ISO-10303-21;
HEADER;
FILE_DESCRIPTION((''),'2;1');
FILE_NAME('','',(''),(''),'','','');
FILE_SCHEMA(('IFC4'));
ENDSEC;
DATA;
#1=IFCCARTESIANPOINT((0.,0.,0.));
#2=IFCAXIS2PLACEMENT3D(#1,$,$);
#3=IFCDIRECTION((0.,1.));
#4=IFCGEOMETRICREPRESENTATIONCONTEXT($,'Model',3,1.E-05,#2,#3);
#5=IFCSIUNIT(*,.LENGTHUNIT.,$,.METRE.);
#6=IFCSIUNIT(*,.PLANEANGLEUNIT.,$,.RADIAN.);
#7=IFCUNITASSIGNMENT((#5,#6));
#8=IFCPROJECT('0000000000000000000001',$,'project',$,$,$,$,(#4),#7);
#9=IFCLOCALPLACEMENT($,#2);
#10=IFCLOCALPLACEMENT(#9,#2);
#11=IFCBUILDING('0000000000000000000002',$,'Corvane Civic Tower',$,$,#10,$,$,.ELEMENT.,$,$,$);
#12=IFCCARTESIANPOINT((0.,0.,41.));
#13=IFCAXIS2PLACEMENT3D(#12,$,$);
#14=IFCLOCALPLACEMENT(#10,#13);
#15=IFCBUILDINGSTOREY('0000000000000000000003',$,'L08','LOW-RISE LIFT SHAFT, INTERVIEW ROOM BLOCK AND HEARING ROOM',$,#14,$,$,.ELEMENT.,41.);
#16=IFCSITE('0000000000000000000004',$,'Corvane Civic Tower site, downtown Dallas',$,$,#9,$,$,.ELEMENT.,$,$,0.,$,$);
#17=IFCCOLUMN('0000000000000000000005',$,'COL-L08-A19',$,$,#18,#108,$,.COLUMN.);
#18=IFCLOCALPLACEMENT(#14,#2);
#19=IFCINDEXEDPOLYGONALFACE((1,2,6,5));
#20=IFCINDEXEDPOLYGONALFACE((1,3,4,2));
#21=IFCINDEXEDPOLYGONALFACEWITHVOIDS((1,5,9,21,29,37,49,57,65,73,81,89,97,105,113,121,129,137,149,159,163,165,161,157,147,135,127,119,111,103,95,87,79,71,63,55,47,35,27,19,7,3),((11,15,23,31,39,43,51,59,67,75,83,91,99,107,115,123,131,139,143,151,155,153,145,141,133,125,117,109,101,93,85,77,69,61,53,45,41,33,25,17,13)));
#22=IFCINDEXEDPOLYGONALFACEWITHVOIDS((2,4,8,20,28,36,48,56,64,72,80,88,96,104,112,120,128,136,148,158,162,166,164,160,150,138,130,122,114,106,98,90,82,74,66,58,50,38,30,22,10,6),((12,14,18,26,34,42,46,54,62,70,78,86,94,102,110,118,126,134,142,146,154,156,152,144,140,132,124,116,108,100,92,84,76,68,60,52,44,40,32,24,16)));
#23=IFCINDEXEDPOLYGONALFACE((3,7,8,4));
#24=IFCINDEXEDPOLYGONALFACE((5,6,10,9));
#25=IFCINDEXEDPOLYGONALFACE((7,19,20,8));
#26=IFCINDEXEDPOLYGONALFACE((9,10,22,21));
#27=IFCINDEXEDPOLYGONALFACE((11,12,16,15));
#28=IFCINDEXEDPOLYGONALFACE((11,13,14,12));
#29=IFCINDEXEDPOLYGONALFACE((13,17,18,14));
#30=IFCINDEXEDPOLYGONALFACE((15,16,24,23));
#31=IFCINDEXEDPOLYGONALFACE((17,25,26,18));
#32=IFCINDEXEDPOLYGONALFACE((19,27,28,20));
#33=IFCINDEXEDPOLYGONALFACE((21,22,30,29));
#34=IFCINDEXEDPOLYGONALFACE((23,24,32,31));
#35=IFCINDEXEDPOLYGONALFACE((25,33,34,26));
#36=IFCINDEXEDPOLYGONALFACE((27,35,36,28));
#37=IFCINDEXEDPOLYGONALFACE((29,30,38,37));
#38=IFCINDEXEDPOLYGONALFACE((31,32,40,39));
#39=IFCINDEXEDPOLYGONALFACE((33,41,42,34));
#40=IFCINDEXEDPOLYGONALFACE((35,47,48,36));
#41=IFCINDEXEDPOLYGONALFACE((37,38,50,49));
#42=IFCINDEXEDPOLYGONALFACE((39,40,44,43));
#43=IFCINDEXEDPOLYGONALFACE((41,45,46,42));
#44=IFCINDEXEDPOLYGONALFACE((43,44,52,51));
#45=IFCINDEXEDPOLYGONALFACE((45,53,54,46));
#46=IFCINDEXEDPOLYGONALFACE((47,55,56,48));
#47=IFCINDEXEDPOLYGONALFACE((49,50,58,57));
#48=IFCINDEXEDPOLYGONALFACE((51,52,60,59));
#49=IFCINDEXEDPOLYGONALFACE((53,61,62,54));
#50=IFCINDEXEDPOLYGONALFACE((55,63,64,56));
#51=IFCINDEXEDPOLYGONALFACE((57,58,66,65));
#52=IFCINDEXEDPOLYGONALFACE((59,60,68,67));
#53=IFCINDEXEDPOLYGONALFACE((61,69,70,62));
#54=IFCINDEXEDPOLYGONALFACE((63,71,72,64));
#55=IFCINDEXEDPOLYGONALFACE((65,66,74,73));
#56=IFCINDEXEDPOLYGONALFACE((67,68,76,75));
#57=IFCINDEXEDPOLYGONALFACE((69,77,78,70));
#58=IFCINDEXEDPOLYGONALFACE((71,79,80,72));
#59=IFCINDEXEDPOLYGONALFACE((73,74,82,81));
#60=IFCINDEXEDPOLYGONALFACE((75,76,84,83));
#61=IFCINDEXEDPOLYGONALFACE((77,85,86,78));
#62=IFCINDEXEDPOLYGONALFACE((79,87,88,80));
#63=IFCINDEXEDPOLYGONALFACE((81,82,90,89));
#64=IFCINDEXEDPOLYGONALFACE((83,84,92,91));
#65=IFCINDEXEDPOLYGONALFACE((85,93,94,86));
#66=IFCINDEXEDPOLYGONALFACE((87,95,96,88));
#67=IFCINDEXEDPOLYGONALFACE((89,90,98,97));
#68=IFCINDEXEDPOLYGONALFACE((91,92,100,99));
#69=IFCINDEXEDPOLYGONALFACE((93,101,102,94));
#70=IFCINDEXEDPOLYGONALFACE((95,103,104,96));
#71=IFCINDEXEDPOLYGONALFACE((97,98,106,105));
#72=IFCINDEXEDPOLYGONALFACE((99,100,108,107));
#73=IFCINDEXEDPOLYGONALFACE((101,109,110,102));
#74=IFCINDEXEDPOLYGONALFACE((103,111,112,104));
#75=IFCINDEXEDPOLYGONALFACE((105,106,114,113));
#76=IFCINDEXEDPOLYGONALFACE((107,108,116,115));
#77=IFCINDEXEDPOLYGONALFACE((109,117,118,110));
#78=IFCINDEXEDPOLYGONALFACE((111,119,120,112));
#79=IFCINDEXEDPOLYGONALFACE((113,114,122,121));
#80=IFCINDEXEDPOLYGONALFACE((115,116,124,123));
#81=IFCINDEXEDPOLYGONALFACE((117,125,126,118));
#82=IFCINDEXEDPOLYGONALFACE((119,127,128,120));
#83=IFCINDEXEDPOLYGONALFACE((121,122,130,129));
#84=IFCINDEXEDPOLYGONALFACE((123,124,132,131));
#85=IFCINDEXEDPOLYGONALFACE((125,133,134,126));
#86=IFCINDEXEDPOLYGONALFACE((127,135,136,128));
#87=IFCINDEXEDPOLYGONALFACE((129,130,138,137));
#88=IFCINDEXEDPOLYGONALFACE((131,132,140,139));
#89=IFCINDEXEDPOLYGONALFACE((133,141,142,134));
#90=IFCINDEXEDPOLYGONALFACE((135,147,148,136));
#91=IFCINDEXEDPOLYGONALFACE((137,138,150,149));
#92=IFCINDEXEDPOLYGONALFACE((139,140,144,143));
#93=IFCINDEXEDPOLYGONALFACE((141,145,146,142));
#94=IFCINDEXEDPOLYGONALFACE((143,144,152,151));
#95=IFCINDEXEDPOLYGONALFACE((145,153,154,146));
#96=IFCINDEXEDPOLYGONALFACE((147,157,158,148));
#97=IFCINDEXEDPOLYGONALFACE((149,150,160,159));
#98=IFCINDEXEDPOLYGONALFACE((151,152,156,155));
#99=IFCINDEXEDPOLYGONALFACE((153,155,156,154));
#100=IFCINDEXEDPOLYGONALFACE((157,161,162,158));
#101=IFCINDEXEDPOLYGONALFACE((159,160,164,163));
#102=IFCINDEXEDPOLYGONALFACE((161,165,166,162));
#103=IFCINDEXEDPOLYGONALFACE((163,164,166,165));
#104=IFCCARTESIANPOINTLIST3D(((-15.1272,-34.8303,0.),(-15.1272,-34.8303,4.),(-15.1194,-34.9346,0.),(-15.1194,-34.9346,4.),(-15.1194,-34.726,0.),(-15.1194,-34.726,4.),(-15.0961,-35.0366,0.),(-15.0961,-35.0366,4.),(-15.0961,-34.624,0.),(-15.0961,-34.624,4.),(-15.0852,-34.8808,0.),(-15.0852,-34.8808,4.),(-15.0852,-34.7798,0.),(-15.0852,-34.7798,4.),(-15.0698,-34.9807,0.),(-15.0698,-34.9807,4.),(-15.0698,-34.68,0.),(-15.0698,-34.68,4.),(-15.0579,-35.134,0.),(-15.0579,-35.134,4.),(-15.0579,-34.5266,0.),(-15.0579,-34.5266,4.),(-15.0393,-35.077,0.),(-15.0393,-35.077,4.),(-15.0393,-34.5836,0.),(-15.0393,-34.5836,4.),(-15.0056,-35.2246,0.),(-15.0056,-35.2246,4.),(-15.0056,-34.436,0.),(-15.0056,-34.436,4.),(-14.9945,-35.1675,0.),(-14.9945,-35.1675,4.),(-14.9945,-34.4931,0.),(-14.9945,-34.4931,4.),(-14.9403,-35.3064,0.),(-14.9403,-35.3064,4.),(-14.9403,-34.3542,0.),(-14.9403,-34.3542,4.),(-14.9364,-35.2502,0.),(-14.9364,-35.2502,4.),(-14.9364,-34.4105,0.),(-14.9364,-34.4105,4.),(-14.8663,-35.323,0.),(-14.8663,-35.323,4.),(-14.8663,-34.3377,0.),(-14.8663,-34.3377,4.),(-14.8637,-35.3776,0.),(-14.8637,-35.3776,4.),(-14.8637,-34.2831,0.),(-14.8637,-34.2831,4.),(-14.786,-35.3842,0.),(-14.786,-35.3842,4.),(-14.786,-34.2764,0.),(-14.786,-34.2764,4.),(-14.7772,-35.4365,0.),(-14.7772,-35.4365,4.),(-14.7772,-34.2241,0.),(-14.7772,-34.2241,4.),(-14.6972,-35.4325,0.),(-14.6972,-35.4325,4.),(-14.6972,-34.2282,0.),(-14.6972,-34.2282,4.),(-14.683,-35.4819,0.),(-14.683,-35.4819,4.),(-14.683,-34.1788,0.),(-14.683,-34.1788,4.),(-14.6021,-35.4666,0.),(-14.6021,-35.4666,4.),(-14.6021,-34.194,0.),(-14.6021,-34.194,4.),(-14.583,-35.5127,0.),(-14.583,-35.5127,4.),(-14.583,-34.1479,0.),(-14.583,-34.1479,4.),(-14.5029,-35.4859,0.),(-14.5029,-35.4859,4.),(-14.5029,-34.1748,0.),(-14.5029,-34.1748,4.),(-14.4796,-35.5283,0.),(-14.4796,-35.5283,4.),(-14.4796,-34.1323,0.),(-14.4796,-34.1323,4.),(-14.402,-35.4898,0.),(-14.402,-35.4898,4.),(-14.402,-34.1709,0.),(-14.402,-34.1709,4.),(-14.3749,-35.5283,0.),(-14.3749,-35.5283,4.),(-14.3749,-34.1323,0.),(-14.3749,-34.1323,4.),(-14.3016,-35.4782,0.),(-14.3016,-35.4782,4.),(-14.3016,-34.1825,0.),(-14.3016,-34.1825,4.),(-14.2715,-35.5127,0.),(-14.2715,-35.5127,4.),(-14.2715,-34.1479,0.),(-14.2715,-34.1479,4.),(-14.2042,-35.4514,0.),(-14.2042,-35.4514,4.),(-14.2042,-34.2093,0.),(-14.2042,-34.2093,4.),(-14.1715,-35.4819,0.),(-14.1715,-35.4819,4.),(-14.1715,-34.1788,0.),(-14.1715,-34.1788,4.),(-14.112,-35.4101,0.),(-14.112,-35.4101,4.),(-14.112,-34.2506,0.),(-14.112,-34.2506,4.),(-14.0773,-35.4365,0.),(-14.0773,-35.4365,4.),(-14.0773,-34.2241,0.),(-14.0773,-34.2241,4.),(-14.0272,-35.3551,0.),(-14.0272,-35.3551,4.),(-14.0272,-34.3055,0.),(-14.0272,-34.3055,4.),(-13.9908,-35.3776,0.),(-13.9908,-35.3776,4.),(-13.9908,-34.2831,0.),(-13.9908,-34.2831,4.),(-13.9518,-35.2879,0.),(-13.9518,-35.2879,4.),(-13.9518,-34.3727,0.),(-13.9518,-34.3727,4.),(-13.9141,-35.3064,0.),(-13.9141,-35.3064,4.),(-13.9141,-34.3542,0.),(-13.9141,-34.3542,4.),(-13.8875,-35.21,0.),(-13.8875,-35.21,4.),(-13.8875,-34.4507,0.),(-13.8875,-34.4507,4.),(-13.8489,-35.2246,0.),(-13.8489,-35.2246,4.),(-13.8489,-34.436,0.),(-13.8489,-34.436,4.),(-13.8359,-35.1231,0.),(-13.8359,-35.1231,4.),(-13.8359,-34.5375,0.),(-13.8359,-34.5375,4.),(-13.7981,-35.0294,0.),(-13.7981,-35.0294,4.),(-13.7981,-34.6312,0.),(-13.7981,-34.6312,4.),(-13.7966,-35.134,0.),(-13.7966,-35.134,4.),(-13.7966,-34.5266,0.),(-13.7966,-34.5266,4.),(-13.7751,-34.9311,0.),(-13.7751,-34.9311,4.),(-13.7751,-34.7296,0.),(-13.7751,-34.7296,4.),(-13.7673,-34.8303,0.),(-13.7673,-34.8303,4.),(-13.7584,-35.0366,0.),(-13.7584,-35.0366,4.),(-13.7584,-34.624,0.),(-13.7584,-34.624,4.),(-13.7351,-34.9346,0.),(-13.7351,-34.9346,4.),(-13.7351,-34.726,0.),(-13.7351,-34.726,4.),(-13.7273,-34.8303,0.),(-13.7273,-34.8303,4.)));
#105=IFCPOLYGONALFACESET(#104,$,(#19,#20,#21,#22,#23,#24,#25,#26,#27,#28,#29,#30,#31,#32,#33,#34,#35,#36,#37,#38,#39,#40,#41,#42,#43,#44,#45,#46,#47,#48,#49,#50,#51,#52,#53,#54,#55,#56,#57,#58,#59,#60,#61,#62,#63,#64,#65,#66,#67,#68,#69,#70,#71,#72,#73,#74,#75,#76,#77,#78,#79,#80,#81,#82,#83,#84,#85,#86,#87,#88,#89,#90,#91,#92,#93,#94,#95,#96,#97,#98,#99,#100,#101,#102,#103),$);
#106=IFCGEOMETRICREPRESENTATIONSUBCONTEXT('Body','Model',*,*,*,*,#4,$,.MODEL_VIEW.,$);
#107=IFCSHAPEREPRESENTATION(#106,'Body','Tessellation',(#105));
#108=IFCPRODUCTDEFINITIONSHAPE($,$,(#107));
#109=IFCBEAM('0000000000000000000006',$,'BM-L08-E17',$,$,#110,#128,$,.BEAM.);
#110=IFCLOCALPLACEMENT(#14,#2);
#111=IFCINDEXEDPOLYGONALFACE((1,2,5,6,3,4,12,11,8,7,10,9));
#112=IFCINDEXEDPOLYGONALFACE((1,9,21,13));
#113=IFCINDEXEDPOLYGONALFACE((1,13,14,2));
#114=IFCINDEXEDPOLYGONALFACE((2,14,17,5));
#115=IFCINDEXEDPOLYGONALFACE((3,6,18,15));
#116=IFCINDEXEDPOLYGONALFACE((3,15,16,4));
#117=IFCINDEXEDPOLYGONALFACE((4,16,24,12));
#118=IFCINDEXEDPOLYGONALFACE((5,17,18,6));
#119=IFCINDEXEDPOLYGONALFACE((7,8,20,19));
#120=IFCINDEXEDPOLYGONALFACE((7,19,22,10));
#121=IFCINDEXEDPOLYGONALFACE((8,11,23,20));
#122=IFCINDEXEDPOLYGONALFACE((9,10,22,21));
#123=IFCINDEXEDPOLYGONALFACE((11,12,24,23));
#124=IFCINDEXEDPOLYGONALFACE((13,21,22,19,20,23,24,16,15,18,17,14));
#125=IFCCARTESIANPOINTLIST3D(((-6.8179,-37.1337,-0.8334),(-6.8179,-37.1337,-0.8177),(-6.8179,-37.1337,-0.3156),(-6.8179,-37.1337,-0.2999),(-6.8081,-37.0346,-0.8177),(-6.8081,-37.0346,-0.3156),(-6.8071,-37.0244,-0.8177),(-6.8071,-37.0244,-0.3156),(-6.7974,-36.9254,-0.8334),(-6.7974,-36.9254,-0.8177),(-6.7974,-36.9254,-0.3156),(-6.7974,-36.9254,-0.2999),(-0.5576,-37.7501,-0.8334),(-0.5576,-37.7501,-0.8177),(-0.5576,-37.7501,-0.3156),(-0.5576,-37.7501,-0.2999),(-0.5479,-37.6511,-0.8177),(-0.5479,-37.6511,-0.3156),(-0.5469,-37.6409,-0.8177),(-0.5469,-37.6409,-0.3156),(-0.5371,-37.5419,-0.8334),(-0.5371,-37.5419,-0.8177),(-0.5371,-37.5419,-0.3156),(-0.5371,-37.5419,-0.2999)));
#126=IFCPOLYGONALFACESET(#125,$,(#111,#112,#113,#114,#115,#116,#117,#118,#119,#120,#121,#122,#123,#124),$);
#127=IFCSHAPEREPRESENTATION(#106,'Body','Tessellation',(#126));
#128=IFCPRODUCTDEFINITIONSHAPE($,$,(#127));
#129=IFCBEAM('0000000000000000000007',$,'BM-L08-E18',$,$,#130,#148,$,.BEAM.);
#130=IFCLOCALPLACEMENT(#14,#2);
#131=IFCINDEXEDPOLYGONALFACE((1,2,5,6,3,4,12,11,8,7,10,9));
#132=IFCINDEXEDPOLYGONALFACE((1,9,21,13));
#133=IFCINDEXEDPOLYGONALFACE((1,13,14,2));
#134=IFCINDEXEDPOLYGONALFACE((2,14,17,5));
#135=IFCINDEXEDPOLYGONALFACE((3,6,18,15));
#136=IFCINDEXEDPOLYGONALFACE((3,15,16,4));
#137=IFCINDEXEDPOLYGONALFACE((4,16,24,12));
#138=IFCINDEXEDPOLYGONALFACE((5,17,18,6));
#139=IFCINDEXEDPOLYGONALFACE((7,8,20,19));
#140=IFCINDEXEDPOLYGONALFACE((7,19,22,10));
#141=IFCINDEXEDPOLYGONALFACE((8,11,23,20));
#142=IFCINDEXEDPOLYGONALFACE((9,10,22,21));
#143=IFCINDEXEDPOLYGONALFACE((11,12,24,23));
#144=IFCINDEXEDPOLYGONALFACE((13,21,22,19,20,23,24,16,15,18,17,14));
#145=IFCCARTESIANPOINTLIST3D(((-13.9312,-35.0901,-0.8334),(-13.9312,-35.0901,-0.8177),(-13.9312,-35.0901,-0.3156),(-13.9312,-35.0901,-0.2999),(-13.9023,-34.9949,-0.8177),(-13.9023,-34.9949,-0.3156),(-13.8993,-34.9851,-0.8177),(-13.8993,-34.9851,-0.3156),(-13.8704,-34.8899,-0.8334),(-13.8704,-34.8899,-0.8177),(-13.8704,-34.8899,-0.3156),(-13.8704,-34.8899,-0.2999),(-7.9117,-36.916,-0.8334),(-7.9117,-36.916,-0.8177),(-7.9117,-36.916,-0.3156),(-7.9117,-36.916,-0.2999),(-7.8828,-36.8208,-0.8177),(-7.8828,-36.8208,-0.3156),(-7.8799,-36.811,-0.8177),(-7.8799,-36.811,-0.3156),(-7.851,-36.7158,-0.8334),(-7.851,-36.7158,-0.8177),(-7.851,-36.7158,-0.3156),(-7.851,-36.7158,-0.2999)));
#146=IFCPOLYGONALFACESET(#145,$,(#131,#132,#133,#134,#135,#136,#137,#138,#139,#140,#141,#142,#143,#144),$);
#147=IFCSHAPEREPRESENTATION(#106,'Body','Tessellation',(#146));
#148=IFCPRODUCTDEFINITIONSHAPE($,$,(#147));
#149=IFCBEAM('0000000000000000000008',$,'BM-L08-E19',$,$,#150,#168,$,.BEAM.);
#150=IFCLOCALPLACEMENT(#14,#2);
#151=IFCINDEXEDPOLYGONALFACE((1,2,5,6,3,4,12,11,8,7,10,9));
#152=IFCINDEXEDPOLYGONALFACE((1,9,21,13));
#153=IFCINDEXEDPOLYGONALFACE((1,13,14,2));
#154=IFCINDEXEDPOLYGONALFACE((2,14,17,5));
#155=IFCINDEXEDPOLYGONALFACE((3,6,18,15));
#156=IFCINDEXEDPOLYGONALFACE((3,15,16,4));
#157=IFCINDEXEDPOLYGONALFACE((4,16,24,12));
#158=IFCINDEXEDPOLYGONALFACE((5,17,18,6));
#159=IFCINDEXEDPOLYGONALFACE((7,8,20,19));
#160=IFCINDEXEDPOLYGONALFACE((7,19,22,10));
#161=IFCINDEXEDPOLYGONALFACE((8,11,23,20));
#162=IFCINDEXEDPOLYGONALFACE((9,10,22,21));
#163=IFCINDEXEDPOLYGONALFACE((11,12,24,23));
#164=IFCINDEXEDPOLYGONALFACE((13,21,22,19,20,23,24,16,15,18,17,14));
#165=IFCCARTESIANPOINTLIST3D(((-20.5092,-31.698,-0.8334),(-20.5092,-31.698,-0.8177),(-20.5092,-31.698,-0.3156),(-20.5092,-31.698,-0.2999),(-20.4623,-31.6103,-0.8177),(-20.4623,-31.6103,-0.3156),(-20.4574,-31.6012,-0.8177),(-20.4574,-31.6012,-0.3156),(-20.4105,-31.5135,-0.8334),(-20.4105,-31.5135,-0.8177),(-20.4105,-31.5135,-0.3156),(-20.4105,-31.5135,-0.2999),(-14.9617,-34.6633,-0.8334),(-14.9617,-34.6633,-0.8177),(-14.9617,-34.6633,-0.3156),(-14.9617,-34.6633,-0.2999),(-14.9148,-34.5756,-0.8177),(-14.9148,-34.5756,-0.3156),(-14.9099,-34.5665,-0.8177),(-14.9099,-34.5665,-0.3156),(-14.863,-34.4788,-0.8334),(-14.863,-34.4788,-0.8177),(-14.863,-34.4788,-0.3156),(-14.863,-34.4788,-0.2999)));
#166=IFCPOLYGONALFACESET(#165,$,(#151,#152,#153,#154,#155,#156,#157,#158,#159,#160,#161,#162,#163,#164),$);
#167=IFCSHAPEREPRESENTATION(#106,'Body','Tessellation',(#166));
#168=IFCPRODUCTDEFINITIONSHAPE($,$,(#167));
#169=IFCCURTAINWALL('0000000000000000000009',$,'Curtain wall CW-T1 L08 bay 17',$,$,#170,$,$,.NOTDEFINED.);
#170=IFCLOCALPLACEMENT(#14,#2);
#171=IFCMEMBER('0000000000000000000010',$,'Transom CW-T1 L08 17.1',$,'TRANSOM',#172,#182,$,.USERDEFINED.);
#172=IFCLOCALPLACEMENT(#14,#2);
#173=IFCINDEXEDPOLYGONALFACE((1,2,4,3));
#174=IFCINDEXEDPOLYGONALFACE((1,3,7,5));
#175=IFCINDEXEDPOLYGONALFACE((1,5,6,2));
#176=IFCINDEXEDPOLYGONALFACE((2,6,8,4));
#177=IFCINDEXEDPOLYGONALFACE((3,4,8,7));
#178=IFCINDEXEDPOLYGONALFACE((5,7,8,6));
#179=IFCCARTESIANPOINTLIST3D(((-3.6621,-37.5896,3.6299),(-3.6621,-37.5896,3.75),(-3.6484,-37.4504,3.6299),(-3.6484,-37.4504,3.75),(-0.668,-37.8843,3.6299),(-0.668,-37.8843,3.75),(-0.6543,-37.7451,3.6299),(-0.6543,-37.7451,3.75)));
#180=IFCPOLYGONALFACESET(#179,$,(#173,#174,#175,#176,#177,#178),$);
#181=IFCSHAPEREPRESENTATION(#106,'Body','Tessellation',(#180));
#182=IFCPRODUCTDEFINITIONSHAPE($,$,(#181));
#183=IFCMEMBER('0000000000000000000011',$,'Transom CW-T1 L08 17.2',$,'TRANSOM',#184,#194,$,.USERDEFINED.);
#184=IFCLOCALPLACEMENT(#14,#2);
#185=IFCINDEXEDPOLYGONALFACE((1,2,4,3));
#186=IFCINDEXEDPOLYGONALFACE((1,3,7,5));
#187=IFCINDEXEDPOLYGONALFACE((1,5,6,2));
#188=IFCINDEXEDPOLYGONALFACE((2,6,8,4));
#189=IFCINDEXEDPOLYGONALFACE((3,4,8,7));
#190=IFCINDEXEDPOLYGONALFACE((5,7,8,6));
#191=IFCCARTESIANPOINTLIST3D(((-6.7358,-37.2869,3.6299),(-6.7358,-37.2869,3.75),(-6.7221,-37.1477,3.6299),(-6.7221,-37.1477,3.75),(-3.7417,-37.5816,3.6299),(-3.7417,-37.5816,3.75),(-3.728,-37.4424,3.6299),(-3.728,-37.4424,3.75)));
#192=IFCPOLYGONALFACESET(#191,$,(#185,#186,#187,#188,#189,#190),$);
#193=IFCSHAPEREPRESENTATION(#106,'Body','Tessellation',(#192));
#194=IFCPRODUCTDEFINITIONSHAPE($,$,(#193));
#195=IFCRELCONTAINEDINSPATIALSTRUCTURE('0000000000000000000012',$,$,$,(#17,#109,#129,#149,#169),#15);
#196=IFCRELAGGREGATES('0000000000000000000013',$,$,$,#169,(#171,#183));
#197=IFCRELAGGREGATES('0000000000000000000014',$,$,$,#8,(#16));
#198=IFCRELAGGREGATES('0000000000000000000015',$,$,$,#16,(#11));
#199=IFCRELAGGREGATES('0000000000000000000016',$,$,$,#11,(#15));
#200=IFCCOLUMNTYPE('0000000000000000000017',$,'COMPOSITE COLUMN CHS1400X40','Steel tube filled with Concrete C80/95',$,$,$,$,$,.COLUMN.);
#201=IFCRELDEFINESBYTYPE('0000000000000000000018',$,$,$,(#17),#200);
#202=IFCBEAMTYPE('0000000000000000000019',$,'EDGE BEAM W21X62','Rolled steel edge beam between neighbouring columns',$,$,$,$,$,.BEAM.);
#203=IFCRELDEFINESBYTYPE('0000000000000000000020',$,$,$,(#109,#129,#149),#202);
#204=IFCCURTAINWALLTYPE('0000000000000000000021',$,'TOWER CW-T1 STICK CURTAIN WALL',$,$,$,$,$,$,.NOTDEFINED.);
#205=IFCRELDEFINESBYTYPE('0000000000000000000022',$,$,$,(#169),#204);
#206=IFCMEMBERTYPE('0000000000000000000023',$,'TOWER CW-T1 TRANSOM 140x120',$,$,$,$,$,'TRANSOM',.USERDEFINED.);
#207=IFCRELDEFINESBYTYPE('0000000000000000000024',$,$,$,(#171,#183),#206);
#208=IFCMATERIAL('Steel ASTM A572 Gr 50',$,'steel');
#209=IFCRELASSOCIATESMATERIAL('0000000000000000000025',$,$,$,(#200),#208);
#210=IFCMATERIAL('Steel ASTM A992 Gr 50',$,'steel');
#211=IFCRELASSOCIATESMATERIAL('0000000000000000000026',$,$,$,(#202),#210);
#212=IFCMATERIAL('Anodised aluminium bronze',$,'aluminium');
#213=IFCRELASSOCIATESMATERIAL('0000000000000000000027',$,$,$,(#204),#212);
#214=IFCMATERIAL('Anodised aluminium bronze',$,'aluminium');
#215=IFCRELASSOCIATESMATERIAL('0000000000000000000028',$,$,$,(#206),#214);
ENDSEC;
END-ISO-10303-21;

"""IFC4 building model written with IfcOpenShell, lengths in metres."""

from ifc_helpers import new_model, si_unit, direction, frame, origin, origin_2d, place, context, subcontext, project, spatial, rectangle, hollow_circle, i_section, extrude, material, material_profile, profile_set, type_object, element, aggregate, save


model = new_model("IFC4")

# Units and contexts
model_context = context("Model", 3, precision=1e-05, world=origin(), true_north=direction((0.0, 1.0)))
body_context = subcontext(model_context, "Body", "Model", "MODEL_VIEW")
ifc_project = project(units=[si_unit("LENGTHUNIT", "METRE"), si_unit("PLANEANGLEUNIT", "RADIAN")], contexts=[model_context])

# Site, building, storey
site_placement = place(None, origin())
site = spatial("IfcSite", under=ifc_project, at=site_placement, Name="Corvane Civic Tower site, downtown Dallas", CompositionType="ELEMENT", RefElevation=0.0)
building_placement = place(site_placement, origin())
building = spatial("IfcBuilding", under=site, at=building_placement, Name="Corvane Civic Tower", CompositionType="ELEMENT")
storey_placement = place(building_placement, frame((0.0, 0.0, 41.0)))
storey = spatial("IfcBuildingStorey", under=building, at=storey_placement, Name="L08", Description="LOW-RISE LIFT SHAFT, INTERVIEW ROOM BLOCK AND HEARING ROOM", CompositionType="ELEMENT", Elevation=41.0)

# Column
ifc_material_1 = material(Name="Steel ASTM A572 Gr 50", Category="steel")
ifc_material_profile_1 = material_profile(ifc_material_1, hollow_circle(Radius=0.7, WallThickness=0.04, at=origin_2d()), Name="CHS1400X40")
ifc_profile_set_1 = profile_set([ifc_material_profile_1], Name="Steel ASTM A572 Gr 50")
column_type = type_object("IfcColumnType", Name="COMPOSITE COLUMN CHS1400X40", Description="Steel tube filled with Concrete C80/95", PredefinedType="COLUMN", material=ifc_profile_set_1)
for number, where, z_axis, x_axis, name in (
    (1, (-14.4272, -34.8303, 0.0), (0.0, 0.0, 1.0), (1.0, 0.0, 0.0), "COL-L08-A19"),
):
    element("IfcColumn", number, at=place(storey_placement, frame(where, z_axis=z_axis, x_axis=x_axis)), inside=storey, type_object=column_type, Name=name, PredefinedType="COLUMN", context=body_context, shape_type="SweptSolid", body=[
        extrude(hollow_circle(Radius=0.7, WallThickness=0.04, at=origin_2d()), origin(), (0.0, 0.0, 1.0), 4.0),
    ])

# Beams
ifc_material_2 = material(Name="Steel ASTM A992 Gr 50", Category="steel")
ifc_material_profile_2 = material_profile(ifc_material_2, i_section(OverallWidth=0.2092, OverallDepth=0.5334, WebThickness=0.0103, FlangeThickness=0.0156, at=origin_2d()), Name="W21X62")
ifc_profile_set_2 = profile_set([ifc_material_profile_2], Name="Steel ASTM A992 Gr 50")
beam_type = type_object("IfcBeamType", Name="EDGE BEAM W21X62", Description="Rolled steel edge beam between neighbouring columns", PredefinedType="BEAM", material=ifc_profile_set_2)
beam_placement = place(storey_placement, frame((-0.5474, -37.646, -0.5667), z_axis=(-0.995187, 0.097997, 0.0), x_axis=(-0.097997, -0.995187, 0.0)))
element("IfcBeam", 2, at=beam_placement, inside=storey, type_object=beam_type, Name="BM-L08-E17", PredefinedType="BEAM", context=body_context, shape_type="SweptSolid", body=[
    extrude(i_section(OverallWidth=0.2092, OverallDepth=0.5334, WebThickness=0.0103, FlangeThickness=0.0156, at=origin_2d()), origin(), (0.0, 0.0, 1.0), 6.2905),
])
for number, where, z_axis, x_axis, name in (
    (3, (-7.8813, -36.8159, -0.5667), (-0.956944, 0.290273, 0.0), (-0.290273, -0.956944, 0.0), "BM-L08-E18"),
    (4, (-14.9124, -34.571, -0.5667), (-0.881916, 0.471406, 0.0), (-0.471406, -0.881916, 0.0), "BM-L08-E19"),
):
    element("IfcBeam", number, at=place(storey_placement, frame(where, z_axis=z_axis, x_axis=x_axis)), inside=storey, type_object=beam_type, Name=name, PredefinedType="BEAM", context=body_context, shape_type="SweptSolid", body=[
        extrude(i_section(OverallWidth=0.2092, OverallDepth=0.5334, WebThickness=0.0103, FlangeThickness=0.0156, at=origin_2d()), origin(), (0.0, 0.0, 1.0), 6.2903),
    ])

# Curtain wall, members
ifc_material_3 = material(Name="Anodised aluminium bronze", Category="aluminium")
curtain_wall_type = type_object("IfcCurtainWallType", Name="TOWER CW-T1 STICK CURTAIN WALL", PredefinedType="NOTDEFINED", material=ifc_material_3)
curtain_wall_1_placement = place(storey_placement, origin())
curtain_wall_1 = element("IfcCurtainWall", 5, at=curtain_wall_1_placement, inside=storey, type_object=curtain_wall_type, Name="Curtain wall CW-T1 L08 bay 17", PredefinedType="NOTDEFINED")
ifc_material_4 = material(Name="Anodised aluminium bronze", Category="aluminium")
ifc_material_profile_3 = material_profile(ifc_material_4, rectangle(XDim=0.1399, YDim=0.1201, at=origin_2d()), Name="TOWER CW-T1 TRANSOM 140x120")
ifc_profile_set_3 = profile_set([ifc_material_profile_3], Name="Anodised aluminium bronze")
member_type_1 = type_object("IfcMemberType", Name="TOWER CW-T1 TRANSOM 140x120", ElementType="TRANSOM", PredefinedType="USERDEFINED", material=ifc_profile_set_3)
member_1_placement = place(storey_placement, frame((-0.6611, -37.8147, 3.6899), z_axis=(-0.995192, 0.097945, 0.0), x_axis=(-0.097945, -0.995192, 0.0)))
member_1 = element("IfcMember", 6, at=member_1_placement, type_object=member_type_1, Name="Transom CW-T1 L08 17.1", ObjectType="TRANSOM", PredefinedType="USERDEFINED", context=body_context, shape_type="SweptSolid", body=[
    extrude(rectangle(XDim=0.1399, YDim=0.1201, at=origin_2d()), origin(), (0.0, 0.0, 1.0), 3.0085),
])
member_2_placement = place(storey_placement, frame((-3.7349, -37.512, 3.6899), z_axis=(-0.995192, 0.097945, 0.0), x_axis=(-0.097945, -0.995192, 0.0)))
member_2 = element("IfcMember", 7, at=member_2_placement, type_object=member_type_1, Name="Transom CW-T1 L08 17.2", ObjectType="TRANSOM", PredefinedType="USERDEFINED", context=body_context, shape_type="SweptSolid", body=[
    extrude(rectangle(XDim=0.1399, YDim=0.1201, at=origin_2d()), origin(), (0.0, 0.0, 1.0), 3.0085),
])

aggregate(curtain_wall_1, [member_1, member_2])

save(model, "model.ifc")
